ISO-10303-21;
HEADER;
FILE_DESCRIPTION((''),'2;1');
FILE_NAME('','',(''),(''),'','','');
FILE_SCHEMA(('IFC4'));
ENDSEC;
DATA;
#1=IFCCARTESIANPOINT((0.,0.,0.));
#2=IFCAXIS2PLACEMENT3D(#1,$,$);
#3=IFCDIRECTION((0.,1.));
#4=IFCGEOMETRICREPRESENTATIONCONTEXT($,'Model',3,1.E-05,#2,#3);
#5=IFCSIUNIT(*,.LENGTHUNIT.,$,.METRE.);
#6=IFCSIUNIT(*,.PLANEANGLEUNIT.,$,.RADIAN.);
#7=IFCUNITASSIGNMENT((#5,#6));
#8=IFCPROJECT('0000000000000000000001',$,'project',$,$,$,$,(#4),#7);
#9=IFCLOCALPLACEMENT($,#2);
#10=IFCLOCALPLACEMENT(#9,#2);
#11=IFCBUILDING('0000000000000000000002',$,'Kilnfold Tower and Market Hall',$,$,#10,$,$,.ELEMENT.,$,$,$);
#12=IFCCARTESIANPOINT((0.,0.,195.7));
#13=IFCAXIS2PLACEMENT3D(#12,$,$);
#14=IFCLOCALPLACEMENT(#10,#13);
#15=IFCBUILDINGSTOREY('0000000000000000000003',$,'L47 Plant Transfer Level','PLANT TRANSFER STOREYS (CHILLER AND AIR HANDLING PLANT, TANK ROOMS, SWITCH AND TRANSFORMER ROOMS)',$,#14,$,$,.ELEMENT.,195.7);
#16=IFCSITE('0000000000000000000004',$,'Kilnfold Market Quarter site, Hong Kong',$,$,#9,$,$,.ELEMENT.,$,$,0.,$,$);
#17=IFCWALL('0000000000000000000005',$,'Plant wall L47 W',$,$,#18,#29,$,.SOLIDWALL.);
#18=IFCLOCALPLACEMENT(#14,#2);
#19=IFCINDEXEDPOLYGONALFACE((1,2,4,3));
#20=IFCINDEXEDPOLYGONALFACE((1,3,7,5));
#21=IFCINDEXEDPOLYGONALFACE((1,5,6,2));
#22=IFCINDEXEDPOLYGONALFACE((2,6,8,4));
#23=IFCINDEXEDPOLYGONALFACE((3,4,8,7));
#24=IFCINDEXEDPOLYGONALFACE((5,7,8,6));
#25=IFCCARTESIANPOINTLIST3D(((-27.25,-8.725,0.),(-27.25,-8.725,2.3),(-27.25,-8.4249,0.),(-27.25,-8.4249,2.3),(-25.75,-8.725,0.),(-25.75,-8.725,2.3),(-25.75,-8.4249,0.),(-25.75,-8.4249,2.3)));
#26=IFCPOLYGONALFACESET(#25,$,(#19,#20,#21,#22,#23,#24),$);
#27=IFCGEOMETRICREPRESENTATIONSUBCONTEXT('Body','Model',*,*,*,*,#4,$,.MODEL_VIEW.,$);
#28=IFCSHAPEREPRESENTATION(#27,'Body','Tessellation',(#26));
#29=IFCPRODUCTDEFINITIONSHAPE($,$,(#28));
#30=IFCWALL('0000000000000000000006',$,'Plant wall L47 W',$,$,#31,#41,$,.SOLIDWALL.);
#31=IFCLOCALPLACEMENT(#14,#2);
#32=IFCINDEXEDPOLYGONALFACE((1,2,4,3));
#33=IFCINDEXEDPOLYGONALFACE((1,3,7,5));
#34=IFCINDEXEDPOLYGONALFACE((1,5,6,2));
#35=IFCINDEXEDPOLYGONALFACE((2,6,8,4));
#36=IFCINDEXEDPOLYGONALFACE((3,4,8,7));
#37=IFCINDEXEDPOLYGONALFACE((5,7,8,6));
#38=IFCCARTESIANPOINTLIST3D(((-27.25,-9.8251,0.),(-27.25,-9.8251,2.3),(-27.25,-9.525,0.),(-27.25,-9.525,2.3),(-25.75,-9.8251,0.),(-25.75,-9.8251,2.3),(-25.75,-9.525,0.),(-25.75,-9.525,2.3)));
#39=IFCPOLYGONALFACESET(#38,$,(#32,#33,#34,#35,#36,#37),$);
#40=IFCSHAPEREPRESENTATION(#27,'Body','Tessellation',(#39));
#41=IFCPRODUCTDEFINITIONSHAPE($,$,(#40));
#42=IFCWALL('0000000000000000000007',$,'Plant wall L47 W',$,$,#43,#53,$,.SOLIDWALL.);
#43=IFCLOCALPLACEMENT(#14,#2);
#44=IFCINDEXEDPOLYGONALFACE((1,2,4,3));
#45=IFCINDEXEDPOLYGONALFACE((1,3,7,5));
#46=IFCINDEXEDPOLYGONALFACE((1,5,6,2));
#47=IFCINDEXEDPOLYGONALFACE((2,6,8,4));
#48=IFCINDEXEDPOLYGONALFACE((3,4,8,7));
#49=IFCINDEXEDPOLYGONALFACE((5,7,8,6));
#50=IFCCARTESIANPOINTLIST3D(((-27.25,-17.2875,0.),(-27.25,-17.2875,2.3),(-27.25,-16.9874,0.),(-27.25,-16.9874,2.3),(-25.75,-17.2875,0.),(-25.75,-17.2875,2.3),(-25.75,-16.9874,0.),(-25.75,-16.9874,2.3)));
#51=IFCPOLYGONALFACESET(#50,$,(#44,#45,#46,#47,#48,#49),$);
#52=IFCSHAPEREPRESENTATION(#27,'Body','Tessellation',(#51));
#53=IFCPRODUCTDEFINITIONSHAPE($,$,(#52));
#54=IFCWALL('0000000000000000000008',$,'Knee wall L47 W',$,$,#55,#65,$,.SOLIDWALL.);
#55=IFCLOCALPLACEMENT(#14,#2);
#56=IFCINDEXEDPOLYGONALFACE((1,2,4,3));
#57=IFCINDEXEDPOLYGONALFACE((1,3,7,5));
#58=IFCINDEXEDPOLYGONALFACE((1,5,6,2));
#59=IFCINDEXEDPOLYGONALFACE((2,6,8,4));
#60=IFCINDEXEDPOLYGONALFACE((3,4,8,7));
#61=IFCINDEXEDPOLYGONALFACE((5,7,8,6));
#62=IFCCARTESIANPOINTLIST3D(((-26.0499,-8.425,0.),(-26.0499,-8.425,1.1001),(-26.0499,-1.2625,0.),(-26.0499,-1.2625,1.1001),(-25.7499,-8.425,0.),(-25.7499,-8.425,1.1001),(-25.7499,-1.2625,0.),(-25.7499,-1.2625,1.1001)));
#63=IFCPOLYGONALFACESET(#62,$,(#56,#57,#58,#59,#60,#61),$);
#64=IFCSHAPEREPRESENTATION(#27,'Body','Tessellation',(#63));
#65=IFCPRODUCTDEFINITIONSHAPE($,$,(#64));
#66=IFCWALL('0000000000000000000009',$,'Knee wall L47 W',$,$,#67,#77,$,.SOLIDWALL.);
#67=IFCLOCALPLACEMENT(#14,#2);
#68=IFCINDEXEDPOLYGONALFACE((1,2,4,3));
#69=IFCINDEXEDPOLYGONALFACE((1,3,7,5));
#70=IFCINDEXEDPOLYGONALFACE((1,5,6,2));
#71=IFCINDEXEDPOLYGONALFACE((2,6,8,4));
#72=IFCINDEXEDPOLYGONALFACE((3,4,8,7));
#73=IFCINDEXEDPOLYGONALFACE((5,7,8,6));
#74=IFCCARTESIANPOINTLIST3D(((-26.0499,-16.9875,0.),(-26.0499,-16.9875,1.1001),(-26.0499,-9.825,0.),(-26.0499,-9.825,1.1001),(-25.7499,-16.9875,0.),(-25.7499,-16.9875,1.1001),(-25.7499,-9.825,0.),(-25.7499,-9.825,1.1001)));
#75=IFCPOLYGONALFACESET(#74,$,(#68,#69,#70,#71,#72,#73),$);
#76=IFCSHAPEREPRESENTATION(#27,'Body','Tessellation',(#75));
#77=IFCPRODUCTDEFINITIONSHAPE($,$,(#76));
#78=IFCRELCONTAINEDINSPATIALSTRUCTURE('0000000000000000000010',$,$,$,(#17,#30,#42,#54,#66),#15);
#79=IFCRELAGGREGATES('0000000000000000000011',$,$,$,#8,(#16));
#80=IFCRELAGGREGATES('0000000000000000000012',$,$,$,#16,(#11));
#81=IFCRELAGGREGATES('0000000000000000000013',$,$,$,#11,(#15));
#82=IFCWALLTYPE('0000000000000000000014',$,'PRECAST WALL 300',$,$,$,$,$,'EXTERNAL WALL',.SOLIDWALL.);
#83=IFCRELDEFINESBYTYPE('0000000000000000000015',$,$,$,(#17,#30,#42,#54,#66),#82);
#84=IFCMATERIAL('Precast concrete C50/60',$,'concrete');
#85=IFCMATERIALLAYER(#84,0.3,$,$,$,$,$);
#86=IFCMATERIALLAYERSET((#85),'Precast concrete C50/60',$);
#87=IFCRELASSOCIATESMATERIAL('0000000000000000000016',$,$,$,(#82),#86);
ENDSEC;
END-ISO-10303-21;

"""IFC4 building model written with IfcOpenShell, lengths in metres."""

from ifc_helpers import new_model, si_unit, direction, frame, frame_2d, origin, place, context, subcontext, project, spatial, rectangle, extrude, source, transform, mapped, material, layer, layer_set, type_object, element, save


model = new_model("IFC4")

# Units and contexts
model_context = context("Model", 3, precision=1e-05, world=origin(), true_north=direction((0.0, 1.0)))
body_context = subcontext(model_context, "Body", "Model", "MODEL_VIEW")
ifc_project = project(units=[si_unit("LENGTHUNIT", "METRE"), si_unit("PLANEANGLEUNIT", "RADIAN")], contexts=[model_context])

# Site, building, storey
site_placement = place(None, origin())
site = spatial("IfcSite", under=ifc_project, at=site_placement, Name="Kilnfold Market Quarter site, Hong Kong", CompositionType="ELEMENT", RefElevation=0.0)
building_placement = place(site_placement, origin())
building = spatial("IfcBuilding", under=site, at=building_placement, Name="Kilnfold Tower and Market Hall", CompositionType="ELEMENT")
storey_placement = place(building_placement, frame((0.0, 0.0, 195.7)))
storey = spatial("IfcBuildingStorey", under=building, at=storey_placement, Name="L47 Plant Transfer Level", Description="PLANT TRANSFER STOREYS (CHILLER AND AIR HANDLING PLANT, TANK ROOMS, SWITCH AND TRANSFORMER ROOMS)", CompositionType="ELEMENT", Elevation=195.7)

# Walls
ifc_material_1 = material(Name="Precast concrete C50/60", Category="concrete")
ifc_layer_1 = layer(ifc_material_1, 0.3)
ifc_layer_set_1 = layer_set([ifc_layer_1], Name="Precast concrete C50/60")
wall_type_1 = type_object("IfcWallType", Name="PRECAST WALL 300", ElementType="EXTERNAL WALL", PredefinedType="SOLIDWALL", material=ifc_layer_set_1)
shared_shape_1 = source(origin(), body_context, "Body", "SweptSolid", [
    extrude(rectangle(XDim=1.5, YDim=0.3, at=frame_2d((0.75, 0.0))), origin(), (0.0, 0.0, 1.0), 2.3),
])
for number, where, z_axis, x_axis, name in (
    (1, (-27.25, -8.575, 0.0), (0.0, 0.0, 1.0), (1.0, 0.0, 0.0), "Plant wall L47 W"),
    (2, (-27.25, -9.675, 0.0), (0.0, 0.0, 1.0), (1.0, 0.0, 0.0), "Plant wall L47 W"),
    (3, (-27.25, -17.1375, 0.0), (0.0, 0.0, 1.0), (1.0, 0.0, 0.0), "Plant wall L47 W"),
):
    element("IfcWall", number, at=place(storey_placement, frame(where, z_axis=z_axis, x_axis=x_axis)), inside=storey, type_object=wall_type_1, Name=name, PredefinedType="SOLIDWALL", context=body_context, shape_type="MappedRepresentation", body=[
        mapped(shared_shape_1, transform((0.0, 0.0, 0.0))),
    ])
shared_shape_2 = source(origin(), body_context, "Body", "SweptSolid", [
    extrude(rectangle(XDim=7.1626, YDim=0.3, at=frame_2d((3.5813, 0.0))), origin(), (0.0, 0.0, 1.0), 1.1001),
])
for number, where, z_axis, x_axis, name in (
    (4, (-25.8999, -1.2625, 0.0), (0.0, 0.0, 1.0), (0.0, -1.0, 0.0), "Knee wall L47 W"),
    (5, (-25.8999, -9.825, 0.0), (0.0, 0.0, 1.0), (0.0, -1.0, 0.0), "Knee wall L47 W"),
):
    element("IfcWall", number, at=place(storey_placement, frame(where, z_axis=z_axis, x_axis=x_axis)), inside=storey, type_object=wall_type_1, Name=name, PredefinedType="SOLIDWALL", context=body_context, shape_type="MappedRepresentation", body=[
        mapped(shared_shape_2, transform((0.0, 0.0, 0.0))),
    ])

save(model, "model.ifc")
